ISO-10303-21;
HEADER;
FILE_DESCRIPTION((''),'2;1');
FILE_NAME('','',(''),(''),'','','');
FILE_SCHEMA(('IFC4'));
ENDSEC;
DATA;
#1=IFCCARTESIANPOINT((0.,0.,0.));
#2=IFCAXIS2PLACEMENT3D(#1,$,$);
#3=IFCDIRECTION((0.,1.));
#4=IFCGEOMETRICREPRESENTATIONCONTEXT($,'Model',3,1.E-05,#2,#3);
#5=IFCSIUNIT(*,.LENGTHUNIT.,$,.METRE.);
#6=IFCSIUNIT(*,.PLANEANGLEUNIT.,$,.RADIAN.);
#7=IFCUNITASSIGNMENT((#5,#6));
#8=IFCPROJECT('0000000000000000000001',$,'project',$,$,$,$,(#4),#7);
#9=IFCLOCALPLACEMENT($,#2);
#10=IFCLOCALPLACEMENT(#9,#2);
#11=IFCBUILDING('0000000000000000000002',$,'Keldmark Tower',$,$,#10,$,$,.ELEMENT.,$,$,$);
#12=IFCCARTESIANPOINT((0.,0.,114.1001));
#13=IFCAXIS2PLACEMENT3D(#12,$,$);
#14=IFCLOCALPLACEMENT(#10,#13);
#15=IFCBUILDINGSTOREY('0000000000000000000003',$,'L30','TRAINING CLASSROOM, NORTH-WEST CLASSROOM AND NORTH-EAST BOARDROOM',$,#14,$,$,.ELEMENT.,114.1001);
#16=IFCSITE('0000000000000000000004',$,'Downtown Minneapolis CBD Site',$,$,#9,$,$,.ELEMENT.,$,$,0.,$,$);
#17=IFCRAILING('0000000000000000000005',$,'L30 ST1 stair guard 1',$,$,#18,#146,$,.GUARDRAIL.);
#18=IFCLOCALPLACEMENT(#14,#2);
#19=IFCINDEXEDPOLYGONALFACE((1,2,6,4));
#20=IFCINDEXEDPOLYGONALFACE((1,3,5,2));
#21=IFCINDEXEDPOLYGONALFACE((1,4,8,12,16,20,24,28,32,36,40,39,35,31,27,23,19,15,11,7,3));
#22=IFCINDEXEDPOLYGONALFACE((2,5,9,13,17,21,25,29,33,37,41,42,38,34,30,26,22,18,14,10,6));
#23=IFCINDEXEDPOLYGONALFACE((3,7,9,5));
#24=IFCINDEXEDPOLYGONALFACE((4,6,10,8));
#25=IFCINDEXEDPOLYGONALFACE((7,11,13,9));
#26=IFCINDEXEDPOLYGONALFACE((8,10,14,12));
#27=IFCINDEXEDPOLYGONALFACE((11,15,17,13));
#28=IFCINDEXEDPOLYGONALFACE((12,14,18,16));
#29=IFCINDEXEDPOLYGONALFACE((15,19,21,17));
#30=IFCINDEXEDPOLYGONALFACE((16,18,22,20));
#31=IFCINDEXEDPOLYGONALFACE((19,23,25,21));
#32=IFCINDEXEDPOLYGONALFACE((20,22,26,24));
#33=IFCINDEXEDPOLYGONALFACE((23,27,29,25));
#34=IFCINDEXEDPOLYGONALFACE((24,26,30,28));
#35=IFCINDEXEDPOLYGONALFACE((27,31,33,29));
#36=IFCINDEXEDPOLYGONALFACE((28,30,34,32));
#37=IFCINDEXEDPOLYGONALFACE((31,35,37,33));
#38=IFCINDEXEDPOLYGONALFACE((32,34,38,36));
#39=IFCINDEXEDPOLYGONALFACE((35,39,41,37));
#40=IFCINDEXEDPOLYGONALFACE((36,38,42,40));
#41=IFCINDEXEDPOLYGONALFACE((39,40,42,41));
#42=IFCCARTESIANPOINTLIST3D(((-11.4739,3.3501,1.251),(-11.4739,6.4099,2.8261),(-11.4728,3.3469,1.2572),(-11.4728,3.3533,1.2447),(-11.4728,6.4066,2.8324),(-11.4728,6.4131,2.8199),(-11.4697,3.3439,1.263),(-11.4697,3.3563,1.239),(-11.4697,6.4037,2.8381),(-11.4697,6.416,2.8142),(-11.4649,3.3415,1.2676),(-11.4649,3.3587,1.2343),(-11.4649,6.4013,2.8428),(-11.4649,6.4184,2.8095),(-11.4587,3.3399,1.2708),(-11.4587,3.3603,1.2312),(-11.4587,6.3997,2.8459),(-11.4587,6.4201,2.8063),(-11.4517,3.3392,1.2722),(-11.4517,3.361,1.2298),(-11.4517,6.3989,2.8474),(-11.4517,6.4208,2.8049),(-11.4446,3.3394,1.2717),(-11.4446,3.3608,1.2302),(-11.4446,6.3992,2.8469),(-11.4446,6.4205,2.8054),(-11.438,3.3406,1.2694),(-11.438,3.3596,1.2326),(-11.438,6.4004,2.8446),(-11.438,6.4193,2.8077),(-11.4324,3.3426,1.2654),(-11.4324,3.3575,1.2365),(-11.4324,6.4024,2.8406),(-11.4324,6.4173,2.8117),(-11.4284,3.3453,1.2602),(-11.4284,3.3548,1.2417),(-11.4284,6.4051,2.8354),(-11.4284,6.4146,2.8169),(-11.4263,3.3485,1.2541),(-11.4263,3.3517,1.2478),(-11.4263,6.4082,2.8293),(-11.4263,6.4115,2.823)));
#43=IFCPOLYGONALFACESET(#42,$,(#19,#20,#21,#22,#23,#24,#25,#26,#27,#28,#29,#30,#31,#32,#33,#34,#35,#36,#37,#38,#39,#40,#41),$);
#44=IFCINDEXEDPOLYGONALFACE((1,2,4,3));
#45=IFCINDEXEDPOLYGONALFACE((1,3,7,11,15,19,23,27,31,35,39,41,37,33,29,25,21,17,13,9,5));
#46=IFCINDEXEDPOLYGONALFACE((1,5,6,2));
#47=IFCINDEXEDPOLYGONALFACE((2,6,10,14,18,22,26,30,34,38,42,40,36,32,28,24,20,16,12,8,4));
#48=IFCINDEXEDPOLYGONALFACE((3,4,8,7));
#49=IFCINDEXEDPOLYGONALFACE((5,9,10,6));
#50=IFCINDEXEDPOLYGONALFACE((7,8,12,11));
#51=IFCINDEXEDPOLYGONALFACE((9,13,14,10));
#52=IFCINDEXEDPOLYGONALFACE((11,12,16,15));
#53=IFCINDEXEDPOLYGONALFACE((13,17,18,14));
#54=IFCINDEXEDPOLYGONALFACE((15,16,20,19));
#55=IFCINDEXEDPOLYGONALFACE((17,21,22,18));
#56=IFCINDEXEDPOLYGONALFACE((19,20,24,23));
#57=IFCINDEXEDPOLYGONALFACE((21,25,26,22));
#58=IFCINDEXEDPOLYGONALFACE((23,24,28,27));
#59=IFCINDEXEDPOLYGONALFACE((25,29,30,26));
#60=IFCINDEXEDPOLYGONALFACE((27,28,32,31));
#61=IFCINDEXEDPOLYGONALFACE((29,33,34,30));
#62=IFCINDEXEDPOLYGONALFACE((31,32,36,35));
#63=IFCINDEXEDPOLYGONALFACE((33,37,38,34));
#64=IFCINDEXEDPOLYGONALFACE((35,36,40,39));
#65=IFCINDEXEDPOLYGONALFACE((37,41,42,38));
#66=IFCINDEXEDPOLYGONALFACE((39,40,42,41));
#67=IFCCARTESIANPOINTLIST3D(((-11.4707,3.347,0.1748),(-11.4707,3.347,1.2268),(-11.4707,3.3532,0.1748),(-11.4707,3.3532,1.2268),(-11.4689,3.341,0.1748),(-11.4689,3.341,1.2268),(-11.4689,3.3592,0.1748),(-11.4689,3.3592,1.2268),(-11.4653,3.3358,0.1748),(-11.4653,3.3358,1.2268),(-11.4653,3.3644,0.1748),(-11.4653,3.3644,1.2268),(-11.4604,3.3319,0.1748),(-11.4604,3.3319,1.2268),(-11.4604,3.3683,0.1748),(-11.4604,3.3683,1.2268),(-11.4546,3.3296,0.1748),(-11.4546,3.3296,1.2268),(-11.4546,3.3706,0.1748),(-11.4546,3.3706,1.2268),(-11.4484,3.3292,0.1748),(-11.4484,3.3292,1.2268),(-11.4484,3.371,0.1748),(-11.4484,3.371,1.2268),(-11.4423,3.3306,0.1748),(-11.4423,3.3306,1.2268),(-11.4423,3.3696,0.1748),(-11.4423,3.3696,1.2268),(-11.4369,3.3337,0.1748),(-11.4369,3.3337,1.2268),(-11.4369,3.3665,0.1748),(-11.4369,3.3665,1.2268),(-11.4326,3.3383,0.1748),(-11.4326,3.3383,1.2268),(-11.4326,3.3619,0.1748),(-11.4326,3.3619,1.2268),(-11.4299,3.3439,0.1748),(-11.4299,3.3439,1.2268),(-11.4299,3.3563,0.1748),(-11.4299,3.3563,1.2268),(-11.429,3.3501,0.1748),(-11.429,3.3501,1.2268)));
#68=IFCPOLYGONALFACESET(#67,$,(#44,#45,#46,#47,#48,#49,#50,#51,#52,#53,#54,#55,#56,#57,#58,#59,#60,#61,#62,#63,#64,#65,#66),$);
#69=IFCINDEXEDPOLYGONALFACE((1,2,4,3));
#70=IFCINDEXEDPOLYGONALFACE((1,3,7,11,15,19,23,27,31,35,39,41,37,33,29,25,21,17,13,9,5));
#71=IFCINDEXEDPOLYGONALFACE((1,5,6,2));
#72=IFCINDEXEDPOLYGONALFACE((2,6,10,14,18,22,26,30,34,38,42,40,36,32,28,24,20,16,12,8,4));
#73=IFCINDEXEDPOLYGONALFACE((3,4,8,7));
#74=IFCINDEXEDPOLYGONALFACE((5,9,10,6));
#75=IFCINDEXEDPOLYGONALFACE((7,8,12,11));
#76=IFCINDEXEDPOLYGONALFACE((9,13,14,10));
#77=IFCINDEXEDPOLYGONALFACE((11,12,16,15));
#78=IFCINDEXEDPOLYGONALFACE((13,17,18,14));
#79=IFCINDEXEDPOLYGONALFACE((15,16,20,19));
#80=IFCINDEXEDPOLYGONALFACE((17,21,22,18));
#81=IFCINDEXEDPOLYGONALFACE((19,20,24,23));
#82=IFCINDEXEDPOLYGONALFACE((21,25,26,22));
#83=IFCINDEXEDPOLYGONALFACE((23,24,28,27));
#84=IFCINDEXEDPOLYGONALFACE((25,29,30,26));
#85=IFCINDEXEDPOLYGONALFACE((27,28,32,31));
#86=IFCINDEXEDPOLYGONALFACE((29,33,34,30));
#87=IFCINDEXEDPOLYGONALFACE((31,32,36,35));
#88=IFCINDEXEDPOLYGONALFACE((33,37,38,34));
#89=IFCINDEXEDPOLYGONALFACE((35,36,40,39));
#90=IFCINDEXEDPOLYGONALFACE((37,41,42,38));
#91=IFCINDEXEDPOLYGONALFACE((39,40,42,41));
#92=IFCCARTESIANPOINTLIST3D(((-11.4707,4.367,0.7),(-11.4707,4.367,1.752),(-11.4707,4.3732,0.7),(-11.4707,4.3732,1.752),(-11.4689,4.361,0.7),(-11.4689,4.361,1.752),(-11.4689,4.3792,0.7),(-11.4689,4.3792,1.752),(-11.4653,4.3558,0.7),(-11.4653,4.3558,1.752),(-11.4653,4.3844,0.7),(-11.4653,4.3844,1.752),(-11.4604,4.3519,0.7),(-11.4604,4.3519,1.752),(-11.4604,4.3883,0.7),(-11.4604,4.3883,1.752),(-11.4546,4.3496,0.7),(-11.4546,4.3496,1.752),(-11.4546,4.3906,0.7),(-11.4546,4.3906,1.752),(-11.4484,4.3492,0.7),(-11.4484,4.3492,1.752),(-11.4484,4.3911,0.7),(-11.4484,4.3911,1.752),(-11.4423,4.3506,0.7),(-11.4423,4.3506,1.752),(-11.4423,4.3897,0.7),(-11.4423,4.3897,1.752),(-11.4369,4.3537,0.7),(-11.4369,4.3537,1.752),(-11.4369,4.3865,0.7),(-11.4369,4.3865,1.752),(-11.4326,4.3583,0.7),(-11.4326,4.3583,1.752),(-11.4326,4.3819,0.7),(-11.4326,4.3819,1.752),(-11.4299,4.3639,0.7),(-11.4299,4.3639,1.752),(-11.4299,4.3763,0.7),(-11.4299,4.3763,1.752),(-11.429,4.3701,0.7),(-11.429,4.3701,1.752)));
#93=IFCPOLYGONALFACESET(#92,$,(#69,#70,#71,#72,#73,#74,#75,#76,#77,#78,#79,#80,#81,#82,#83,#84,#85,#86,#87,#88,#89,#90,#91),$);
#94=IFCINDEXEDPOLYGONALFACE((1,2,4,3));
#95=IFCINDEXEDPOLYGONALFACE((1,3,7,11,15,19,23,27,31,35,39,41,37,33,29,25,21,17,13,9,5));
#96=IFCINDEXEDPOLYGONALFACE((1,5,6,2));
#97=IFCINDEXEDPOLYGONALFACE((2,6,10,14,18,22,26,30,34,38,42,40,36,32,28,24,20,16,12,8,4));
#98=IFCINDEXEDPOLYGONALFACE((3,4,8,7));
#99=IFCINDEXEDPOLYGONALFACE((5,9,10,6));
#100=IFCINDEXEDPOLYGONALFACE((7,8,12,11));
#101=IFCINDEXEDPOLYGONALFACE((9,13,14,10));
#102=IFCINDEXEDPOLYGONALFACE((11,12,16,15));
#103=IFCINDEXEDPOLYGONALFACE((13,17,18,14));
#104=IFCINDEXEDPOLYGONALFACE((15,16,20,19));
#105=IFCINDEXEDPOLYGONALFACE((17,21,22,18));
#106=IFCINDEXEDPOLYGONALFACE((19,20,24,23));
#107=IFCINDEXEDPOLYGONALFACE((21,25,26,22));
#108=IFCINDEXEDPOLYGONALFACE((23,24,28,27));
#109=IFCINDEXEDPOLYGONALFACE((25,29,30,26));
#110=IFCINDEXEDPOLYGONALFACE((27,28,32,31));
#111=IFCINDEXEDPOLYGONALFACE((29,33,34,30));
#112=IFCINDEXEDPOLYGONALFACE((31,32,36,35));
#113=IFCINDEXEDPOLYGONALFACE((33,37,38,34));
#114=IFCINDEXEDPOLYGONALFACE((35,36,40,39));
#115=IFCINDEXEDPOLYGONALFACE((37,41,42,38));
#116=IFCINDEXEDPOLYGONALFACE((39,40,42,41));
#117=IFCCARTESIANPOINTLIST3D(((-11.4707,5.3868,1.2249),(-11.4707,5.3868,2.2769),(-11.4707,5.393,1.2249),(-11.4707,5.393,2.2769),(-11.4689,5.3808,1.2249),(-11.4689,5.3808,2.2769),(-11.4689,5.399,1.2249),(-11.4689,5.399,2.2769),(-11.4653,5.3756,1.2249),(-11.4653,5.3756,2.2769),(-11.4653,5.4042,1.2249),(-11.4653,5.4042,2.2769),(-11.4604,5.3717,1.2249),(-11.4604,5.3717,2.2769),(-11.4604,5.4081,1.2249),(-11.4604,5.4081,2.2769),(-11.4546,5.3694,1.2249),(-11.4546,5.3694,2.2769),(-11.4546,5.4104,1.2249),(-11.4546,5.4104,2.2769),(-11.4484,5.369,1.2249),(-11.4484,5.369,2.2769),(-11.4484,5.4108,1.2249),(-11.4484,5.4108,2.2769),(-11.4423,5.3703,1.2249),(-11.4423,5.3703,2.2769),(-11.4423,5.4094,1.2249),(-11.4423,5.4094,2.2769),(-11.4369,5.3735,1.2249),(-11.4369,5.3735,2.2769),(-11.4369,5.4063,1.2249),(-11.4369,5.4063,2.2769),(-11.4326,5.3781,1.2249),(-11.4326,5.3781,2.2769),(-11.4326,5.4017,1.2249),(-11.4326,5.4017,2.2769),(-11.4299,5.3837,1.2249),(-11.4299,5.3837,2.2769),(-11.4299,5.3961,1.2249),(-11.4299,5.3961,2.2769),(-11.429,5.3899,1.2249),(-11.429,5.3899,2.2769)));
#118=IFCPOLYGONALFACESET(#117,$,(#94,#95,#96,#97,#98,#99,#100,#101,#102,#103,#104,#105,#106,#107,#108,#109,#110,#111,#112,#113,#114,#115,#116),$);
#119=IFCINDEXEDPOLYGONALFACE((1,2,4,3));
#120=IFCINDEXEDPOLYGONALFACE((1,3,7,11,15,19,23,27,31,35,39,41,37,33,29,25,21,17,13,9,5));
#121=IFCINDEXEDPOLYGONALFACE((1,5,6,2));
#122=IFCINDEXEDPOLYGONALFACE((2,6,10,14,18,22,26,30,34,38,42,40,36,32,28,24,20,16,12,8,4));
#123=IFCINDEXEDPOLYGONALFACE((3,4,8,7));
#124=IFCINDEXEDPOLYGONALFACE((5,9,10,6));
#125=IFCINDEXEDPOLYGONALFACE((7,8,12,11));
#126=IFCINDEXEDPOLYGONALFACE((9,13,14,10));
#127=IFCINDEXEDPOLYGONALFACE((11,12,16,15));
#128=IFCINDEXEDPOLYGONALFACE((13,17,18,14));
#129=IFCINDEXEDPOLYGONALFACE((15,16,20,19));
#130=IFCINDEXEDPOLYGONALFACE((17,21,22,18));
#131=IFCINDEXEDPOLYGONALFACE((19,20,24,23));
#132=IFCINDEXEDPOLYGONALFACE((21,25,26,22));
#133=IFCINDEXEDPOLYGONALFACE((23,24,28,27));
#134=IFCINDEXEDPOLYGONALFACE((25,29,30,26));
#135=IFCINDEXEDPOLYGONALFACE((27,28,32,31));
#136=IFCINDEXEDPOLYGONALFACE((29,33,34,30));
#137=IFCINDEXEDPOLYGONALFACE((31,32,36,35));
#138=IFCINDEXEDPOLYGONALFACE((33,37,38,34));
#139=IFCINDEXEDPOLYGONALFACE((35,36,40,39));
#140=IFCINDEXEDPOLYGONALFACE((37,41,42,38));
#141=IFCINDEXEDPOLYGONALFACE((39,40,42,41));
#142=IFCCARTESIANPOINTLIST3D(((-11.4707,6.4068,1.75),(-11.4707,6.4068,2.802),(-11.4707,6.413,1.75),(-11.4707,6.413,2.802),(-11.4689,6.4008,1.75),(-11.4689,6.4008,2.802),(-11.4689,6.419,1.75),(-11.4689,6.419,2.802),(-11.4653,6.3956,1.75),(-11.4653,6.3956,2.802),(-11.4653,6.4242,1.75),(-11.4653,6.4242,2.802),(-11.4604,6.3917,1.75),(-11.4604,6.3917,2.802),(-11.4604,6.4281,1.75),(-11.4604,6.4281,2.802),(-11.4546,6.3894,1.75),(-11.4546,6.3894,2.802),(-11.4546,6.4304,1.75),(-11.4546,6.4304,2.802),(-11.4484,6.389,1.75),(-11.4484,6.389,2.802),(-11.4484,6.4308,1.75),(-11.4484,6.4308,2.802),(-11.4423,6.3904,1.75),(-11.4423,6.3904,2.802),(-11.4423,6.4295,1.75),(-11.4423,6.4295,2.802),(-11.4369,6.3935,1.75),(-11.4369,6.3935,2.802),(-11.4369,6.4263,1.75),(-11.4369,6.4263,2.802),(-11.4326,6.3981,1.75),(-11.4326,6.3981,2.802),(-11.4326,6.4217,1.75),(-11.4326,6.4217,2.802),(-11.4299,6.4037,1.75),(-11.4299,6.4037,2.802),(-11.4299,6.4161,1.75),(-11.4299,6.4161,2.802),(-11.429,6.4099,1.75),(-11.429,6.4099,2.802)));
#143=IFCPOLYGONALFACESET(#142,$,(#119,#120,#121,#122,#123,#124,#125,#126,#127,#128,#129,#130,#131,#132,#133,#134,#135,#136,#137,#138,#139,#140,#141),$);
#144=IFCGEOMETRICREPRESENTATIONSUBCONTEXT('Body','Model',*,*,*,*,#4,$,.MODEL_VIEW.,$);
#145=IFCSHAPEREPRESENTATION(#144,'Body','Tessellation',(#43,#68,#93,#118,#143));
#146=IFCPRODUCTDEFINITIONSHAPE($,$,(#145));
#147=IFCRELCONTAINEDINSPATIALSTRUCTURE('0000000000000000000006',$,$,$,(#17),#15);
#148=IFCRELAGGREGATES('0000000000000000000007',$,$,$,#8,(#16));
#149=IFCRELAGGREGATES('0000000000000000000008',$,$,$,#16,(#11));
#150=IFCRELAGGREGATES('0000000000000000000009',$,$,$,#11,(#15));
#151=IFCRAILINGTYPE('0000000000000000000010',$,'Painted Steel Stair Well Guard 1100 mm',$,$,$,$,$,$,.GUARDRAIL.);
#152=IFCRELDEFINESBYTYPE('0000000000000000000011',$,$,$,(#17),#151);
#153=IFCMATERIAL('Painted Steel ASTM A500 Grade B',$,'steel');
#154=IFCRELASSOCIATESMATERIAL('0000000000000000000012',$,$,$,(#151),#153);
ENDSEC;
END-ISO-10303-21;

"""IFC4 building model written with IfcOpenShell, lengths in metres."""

from ifc_helpers import new_model, si_unit, direction, frame, origin, origin_2d, place, context, subcontext, project, spatial, circle, extrude, material, type_object, element, save


model = new_model("IFC4")

# Units and contexts
model_context = context("Model", 3, precision=1e-05, world=origin(), true_north=direction((0.0, 1.0)))
body_context = subcontext(model_context, "Body", "Model", "MODEL_VIEW")
ifc_project = project(units=[si_unit("LENGTHUNIT", "METRE"), si_unit("PLANEANGLEUNIT", "RADIAN")], contexts=[model_context])

# Site, building, storey
site_placement = place(None, origin())
site = spatial("IfcSite", under=ifc_project, at=site_placement, Name="Downtown Minneapolis CBD Site", CompositionType="ELEMENT", RefElevation=0.0)
building_placement = place(site_placement, origin())
building = spatial("IfcBuilding", under=site, at=building_placement, Name="Keldmark Tower", CompositionType="ELEMENT")
storey_placement = place(building_placement, frame((0.0, 0.0, 114.1001)))
storey = spatial("IfcBuildingStorey", under=building, at=storey_placement, Name="L30", Description="TRAINING CLASSROOM, NORTH-WEST CLASSROOM AND NORTH-EAST BOARDROOM", CompositionType="ELEMENT", Elevation=114.1001)

# Railing
ifc_material_1 = material(Name="Painted Steel ASTM A500 Grade B", Category="steel")
railing_type_1 = type_object("IfcRailingType", Name="Painted Steel Stair Well Guard 1100 mm", PredefinedType="GUARDRAIL", material=ifc_material_1)
railing_1_placement = place(storey_placement, frame((-11.45, 3.3501, 0.1748)))
element("IfcRailing", 1, at=railing_1_placement, inside=storey, type_object=railing_type_1, Name="L30 ST1 stair guard 1", PredefinedType="GUARDRAIL", context=body_context, shape_type="SweptSolid", body=[
    extrude(circle(Radius=0.0239, at=origin_2d()), frame((0.0, 0.0, 1.0762), z_axis=(0.0, 0.889101, 0.45771), x_axis=(-1.0, 0.0, 0.0)), (0.0, 0.0, 1.0), 3.4414),
    extrude(circle(Radius=0.021, at=origin_2d()), origin(), (0.0, 0.0, 1.0), 1.052),
    extrude(circle(Radius=0.021, at=origin_2d()), frame((0.0, 1.02, 0.5251)), (0.0, 0.0, 1.0), 1.052),
    extrude(circle(Radius=0.021, at=origin_2d()), frame((0.0, 2.0398, 1.05)), (0.0, 0.0, 1.0), 1.052),
    extrude(circle(Radius=0.021, at=origin_2d()), frame((0.0, 3.0598, 1.5752)), (0.0, 0.0, 1.0), 1.052),
])

save(model, "model.ifc")
